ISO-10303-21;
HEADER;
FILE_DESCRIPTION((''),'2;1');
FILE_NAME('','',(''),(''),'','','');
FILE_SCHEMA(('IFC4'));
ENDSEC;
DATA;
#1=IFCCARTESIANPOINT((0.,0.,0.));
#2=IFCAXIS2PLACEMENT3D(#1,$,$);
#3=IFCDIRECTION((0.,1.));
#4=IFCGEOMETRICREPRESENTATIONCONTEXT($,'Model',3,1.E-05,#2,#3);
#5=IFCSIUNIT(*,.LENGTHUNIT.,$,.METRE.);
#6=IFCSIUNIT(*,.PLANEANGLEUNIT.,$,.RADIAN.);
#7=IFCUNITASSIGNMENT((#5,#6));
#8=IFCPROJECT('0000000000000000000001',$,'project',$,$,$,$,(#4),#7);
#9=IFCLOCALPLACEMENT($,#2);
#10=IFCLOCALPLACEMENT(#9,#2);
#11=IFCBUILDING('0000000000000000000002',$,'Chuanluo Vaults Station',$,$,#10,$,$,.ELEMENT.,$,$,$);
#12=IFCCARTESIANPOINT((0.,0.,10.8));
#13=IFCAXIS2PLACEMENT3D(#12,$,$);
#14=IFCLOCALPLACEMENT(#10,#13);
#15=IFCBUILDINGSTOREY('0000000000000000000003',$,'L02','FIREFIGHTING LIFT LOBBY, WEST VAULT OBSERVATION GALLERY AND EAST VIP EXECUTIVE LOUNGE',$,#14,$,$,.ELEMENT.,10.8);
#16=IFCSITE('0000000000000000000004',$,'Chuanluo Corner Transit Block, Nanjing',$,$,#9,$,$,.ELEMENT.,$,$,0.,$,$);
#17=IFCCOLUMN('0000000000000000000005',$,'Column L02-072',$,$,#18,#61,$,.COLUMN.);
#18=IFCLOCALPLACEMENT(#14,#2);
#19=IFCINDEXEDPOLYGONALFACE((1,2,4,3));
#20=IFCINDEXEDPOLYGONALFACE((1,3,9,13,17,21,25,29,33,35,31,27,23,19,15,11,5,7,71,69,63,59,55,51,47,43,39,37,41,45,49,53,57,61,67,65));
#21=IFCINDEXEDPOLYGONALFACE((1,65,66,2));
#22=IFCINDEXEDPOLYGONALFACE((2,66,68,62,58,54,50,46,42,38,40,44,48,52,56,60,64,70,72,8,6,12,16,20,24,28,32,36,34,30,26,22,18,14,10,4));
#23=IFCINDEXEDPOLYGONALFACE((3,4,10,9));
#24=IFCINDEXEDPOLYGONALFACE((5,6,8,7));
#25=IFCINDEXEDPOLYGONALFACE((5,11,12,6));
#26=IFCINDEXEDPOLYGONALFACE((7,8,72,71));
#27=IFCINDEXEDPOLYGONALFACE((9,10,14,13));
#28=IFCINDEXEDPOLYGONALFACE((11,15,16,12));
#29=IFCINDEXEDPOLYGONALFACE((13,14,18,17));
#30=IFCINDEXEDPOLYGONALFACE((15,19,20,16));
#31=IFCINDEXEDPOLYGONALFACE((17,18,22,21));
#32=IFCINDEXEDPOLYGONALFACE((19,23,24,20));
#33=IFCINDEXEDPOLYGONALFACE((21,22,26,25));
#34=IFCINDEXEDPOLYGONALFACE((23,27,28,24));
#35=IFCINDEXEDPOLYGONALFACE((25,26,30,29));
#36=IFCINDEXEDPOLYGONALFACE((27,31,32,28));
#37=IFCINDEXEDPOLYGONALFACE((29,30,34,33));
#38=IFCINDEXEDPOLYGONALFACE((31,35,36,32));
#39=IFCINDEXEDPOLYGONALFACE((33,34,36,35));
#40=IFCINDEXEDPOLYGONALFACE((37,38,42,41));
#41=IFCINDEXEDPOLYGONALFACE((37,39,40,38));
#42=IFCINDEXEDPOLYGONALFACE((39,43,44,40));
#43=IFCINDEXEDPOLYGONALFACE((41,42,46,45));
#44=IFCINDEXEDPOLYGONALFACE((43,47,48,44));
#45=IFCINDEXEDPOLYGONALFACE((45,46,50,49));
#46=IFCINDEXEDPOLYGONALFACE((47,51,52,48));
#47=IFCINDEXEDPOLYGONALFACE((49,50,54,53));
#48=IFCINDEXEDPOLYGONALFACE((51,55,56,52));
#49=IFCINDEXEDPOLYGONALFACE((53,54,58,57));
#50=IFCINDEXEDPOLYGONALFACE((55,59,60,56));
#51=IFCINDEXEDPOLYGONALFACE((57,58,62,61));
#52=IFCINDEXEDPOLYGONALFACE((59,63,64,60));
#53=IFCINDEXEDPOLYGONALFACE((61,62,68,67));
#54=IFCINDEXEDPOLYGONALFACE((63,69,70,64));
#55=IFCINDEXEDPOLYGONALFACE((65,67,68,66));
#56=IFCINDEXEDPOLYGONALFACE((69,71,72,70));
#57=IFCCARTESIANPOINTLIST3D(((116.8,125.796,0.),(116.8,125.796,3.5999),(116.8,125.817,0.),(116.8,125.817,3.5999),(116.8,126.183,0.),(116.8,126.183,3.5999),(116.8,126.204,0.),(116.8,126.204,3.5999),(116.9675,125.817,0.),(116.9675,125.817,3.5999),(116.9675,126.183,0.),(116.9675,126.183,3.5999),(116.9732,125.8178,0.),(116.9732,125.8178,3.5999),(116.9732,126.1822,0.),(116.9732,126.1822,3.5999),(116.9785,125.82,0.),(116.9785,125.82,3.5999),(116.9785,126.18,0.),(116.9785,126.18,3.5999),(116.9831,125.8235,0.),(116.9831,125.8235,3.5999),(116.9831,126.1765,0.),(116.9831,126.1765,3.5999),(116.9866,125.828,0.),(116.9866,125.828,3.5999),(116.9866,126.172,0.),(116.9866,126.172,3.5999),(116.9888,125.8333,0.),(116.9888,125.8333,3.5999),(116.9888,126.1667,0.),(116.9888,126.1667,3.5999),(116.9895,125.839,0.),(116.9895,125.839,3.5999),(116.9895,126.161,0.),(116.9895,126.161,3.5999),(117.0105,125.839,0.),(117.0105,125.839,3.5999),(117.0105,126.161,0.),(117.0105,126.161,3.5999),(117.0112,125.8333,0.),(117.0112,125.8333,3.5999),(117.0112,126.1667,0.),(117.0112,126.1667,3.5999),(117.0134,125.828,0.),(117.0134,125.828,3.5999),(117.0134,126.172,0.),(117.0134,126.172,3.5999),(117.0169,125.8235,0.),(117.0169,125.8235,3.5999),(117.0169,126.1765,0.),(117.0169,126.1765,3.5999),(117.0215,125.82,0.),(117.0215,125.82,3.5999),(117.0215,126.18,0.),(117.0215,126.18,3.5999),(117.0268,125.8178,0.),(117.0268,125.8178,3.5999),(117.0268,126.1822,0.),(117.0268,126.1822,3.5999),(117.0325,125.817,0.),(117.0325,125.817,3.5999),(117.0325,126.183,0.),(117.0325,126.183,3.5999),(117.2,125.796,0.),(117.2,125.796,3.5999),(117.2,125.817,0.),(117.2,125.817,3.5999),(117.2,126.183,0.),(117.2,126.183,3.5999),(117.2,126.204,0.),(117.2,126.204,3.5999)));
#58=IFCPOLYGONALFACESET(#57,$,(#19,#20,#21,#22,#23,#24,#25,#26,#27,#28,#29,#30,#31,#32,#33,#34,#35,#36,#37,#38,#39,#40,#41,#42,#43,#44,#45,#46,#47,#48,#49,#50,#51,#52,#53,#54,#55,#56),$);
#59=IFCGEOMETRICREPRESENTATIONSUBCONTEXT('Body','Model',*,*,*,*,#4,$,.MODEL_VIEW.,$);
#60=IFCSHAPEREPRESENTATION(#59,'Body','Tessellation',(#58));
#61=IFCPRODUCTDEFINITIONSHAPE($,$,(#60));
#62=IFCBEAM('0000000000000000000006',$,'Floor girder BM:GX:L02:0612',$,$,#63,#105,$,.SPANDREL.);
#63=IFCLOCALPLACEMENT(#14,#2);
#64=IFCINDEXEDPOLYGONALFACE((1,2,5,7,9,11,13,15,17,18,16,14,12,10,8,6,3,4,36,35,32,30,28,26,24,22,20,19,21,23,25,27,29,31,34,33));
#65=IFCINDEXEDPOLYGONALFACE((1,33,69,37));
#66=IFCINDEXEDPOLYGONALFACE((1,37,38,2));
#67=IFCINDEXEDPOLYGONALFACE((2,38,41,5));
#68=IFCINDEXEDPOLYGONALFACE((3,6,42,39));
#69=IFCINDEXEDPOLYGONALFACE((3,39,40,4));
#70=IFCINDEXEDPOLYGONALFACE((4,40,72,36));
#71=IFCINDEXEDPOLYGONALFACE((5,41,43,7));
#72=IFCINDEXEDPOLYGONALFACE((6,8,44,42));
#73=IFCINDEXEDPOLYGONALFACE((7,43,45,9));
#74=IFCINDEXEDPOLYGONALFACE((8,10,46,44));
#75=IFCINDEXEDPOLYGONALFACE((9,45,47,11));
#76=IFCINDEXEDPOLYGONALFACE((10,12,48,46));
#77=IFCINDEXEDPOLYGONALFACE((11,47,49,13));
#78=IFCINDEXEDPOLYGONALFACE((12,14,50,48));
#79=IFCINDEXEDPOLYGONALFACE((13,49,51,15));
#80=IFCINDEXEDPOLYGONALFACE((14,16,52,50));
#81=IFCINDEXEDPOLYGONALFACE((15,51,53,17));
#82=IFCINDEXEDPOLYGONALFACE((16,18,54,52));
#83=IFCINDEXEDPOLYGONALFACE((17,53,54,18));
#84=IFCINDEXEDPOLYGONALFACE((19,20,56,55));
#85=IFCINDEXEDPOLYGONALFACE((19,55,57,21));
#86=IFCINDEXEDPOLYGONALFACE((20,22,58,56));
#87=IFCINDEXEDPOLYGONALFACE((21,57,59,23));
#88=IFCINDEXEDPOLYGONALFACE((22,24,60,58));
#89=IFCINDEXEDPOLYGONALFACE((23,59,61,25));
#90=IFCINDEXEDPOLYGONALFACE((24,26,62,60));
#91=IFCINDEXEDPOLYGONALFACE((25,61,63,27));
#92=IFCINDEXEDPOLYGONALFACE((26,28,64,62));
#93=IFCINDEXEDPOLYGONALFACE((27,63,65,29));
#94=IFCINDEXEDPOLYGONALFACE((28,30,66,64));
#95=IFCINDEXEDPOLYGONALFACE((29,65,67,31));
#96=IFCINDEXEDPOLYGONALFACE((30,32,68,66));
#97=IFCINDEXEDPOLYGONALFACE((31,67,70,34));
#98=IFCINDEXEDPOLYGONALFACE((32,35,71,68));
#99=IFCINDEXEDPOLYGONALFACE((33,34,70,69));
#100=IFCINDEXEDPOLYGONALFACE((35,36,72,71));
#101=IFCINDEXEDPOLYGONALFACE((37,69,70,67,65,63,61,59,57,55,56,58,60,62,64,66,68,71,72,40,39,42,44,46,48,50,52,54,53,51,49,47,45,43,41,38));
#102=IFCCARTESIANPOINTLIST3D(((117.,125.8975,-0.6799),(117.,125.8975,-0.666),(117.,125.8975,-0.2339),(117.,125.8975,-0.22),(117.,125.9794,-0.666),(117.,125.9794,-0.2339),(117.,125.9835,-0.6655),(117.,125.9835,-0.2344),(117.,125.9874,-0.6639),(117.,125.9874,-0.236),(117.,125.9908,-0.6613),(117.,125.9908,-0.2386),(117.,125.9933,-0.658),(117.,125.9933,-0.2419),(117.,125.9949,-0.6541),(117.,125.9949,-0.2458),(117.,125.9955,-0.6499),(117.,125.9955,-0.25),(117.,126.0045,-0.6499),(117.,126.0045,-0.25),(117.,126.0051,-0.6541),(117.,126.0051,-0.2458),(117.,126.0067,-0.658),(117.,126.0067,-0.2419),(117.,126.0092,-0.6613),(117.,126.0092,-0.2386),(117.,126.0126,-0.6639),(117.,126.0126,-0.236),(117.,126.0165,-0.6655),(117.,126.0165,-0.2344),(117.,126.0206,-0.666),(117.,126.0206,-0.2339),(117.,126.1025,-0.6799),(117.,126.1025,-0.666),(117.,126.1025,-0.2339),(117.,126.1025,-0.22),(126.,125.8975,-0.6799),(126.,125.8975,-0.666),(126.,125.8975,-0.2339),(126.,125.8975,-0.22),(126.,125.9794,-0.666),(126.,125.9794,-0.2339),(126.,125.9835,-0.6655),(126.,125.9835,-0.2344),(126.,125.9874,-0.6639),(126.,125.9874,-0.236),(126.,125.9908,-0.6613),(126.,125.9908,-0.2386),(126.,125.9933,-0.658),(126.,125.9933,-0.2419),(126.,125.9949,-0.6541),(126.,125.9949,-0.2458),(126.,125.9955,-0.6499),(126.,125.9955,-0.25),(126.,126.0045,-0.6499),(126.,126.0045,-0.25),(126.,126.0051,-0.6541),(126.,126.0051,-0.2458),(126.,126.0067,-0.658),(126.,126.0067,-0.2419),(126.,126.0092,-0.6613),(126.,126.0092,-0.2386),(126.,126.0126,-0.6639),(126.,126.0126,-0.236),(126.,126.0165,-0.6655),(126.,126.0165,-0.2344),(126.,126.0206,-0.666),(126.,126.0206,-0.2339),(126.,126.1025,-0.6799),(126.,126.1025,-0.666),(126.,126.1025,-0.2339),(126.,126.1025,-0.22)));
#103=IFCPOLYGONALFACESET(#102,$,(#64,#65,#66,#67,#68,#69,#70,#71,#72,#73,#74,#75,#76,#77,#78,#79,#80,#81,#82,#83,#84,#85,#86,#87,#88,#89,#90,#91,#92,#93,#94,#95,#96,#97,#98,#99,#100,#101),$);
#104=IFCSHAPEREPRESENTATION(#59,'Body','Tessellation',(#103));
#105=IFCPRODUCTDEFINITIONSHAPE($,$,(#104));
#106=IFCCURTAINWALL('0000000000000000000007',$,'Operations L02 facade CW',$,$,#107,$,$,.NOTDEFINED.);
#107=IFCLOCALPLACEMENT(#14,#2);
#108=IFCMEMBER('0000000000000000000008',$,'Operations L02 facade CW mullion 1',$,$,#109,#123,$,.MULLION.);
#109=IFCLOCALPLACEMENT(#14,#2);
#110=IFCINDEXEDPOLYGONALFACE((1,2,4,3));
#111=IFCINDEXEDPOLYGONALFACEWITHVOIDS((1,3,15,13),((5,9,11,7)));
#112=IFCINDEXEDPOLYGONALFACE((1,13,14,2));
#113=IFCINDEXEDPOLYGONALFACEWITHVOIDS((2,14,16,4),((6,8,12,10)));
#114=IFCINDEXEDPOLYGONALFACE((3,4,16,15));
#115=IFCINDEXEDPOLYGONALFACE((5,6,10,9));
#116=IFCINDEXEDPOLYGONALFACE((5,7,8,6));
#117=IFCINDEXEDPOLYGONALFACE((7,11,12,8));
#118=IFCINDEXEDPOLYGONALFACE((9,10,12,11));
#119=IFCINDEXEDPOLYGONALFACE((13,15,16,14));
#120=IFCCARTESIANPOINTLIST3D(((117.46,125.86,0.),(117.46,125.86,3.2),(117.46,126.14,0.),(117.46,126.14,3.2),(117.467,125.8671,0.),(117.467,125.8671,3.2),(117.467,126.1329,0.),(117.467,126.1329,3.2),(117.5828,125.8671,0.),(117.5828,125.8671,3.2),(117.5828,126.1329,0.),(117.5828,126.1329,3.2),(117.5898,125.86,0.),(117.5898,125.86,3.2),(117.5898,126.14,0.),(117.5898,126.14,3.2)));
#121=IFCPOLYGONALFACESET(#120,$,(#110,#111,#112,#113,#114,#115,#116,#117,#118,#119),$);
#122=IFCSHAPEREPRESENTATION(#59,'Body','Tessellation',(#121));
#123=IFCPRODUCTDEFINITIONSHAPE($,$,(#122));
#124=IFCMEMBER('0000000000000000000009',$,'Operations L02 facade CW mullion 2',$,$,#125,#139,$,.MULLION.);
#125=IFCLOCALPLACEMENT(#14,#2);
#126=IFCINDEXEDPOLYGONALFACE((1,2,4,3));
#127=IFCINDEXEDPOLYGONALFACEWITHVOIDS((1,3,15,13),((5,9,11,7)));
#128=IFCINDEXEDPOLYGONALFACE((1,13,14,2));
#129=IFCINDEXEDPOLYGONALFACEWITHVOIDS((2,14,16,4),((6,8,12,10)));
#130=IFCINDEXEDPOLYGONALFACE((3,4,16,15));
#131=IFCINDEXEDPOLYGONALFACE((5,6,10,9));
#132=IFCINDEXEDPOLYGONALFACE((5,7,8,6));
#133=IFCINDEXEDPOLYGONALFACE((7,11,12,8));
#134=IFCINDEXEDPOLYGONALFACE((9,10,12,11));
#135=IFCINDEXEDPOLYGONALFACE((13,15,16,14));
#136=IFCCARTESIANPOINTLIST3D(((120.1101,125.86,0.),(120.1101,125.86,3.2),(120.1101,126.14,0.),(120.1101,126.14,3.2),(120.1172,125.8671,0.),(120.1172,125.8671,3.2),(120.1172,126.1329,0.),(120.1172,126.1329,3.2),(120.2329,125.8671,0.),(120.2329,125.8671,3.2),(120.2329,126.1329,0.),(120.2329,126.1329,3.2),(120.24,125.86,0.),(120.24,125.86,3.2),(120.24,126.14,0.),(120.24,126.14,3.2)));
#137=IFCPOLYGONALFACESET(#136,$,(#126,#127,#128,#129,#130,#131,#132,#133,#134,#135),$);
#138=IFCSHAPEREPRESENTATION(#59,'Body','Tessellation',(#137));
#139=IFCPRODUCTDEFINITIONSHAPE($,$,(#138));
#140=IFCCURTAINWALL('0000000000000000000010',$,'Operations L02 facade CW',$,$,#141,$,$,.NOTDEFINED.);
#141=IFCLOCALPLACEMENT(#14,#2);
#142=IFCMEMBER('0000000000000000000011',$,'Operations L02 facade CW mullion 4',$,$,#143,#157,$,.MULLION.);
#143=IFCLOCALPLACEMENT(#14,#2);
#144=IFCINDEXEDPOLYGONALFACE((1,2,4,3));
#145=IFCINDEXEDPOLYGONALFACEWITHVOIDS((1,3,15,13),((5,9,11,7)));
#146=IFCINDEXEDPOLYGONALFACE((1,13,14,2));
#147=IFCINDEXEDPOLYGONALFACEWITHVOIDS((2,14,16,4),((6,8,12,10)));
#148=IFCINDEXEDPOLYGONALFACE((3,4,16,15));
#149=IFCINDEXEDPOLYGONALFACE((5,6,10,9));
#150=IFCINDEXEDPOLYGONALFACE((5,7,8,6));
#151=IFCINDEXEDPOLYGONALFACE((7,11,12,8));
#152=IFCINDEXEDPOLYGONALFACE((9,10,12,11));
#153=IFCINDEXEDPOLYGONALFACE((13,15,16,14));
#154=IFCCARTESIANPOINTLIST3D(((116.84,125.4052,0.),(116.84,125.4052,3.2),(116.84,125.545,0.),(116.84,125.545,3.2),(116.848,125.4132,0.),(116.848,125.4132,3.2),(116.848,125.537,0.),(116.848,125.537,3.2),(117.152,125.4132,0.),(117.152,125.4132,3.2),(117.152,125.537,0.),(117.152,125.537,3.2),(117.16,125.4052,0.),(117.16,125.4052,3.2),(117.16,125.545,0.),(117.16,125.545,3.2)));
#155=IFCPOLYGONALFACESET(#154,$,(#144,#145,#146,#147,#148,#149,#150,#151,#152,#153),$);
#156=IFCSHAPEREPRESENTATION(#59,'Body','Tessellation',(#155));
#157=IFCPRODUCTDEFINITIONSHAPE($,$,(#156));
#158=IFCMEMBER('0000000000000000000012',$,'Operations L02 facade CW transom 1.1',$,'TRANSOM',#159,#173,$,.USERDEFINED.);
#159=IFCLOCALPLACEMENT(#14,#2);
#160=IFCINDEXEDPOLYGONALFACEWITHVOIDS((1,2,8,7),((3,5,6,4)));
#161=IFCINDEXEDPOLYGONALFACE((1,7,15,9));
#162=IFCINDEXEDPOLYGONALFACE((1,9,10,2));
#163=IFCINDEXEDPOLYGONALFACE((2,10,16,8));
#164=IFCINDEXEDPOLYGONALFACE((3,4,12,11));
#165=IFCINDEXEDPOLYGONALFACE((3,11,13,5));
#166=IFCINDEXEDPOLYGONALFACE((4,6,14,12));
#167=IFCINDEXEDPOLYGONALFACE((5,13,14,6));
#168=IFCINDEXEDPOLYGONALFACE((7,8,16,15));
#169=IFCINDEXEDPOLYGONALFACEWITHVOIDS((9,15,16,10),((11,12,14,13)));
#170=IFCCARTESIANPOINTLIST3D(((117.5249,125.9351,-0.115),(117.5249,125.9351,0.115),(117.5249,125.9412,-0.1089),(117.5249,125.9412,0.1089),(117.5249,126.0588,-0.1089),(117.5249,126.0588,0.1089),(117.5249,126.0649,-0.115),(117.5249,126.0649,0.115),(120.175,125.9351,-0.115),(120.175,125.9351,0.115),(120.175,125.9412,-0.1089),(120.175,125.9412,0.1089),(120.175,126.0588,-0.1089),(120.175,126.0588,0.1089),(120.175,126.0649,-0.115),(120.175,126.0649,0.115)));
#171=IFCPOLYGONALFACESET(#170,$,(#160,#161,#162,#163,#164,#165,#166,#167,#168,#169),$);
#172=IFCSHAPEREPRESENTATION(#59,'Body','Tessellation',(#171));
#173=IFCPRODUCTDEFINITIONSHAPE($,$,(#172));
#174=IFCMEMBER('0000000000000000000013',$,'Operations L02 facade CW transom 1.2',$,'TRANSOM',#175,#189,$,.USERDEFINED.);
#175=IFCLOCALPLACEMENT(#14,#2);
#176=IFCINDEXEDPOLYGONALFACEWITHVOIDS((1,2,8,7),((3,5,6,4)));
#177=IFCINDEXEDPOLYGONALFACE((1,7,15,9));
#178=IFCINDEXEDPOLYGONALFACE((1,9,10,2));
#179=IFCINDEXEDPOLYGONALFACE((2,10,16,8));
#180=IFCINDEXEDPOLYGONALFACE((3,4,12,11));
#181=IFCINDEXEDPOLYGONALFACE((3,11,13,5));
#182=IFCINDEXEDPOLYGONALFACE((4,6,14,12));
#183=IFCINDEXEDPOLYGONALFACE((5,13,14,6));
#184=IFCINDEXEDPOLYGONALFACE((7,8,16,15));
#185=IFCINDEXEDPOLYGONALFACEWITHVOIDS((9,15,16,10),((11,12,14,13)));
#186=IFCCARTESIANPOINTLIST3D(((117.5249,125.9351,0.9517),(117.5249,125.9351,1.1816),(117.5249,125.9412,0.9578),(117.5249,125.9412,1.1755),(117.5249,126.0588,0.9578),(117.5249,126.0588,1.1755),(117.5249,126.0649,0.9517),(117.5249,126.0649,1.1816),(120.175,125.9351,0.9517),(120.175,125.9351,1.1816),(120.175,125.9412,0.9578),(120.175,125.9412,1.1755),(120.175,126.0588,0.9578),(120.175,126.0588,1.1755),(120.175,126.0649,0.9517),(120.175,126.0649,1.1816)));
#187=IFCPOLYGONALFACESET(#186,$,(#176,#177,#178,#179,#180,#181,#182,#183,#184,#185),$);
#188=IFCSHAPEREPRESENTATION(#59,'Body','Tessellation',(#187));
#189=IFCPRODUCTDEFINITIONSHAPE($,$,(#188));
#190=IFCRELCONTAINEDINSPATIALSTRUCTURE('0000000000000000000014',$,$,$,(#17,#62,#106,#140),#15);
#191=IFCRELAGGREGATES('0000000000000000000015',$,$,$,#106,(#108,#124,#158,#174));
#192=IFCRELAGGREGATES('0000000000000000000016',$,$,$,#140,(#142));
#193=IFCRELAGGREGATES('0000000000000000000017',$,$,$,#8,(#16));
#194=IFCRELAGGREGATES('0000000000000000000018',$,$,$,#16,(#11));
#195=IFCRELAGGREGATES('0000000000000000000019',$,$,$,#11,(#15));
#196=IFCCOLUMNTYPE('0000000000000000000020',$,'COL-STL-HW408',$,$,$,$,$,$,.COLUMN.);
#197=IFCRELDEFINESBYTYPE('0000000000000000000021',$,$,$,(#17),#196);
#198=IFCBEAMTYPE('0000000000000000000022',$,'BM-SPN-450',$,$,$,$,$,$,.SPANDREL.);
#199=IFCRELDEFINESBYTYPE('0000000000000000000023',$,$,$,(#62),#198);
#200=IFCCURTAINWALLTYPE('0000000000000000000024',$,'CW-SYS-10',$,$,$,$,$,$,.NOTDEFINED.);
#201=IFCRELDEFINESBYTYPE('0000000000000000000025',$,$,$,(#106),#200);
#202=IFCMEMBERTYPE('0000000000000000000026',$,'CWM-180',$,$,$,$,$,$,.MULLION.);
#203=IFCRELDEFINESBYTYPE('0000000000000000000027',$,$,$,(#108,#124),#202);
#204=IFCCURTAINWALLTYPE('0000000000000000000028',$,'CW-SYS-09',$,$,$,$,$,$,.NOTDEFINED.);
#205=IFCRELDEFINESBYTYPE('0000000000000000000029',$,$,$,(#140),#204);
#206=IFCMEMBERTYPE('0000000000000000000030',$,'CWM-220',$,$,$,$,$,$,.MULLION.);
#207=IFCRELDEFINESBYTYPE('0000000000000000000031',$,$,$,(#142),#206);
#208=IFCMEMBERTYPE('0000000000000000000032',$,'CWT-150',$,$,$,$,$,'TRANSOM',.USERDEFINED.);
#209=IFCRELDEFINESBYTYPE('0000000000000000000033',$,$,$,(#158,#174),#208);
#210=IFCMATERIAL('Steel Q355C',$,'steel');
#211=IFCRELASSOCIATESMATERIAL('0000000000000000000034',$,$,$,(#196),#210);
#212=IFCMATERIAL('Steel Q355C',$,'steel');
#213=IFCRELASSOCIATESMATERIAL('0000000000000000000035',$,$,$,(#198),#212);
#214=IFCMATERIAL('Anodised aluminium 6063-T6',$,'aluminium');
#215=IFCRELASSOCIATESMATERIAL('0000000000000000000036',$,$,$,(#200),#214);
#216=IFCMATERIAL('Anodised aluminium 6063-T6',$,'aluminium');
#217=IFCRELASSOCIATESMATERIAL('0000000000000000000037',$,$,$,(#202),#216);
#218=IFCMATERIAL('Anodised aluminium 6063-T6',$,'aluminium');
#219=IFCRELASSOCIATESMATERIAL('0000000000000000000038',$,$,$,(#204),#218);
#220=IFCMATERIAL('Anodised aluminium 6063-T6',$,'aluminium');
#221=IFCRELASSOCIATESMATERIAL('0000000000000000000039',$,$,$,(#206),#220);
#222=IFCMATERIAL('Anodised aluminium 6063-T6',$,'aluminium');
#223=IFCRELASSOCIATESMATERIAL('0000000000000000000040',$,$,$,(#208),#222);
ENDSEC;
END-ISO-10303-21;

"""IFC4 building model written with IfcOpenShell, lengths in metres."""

from ifc_helpers import new_model, si_unit, direction, frame, origin, origin_2d, place, context, subcontext, project, spatial, hollow_rectangle, i_section, extrude, material, material_profile, profile_set, type_object, element, aggregate, save


model = new_model("IFC4")

# Units and contexts
model_context = context("Model", 3, precision=1e-05, world=origin(), true_north=direction((0.0, 1.0)))
body_context = subcontext(model_context, "Body", "Model", "MODEL_VIEW")
ifc_project = project(units=[si_unit("LENGTHUNIT", "METRE"), si_unit("PLANEANGLEUNIT", "RADIAN")], contexts=[model_context])

# Site, building, storey
site_placement = place(None, origin())
site = spatial("IfcSite", under=ifc_project, at=site_placement, Name="Chuanluo Corner Transit Block, Nanjing", CompositionType="ELEMENT", RefElevation=0.0)
building_placement = place(site_placement, origin())
building = spatial("IfcBuilding", under=site, at=building_placement, Name="Chuanluo Vaults Station", CompositionType="ELEMENT")
storey_placement = place(building_placement, frame((0.0, 0.0, 10.8)))
storey = spatial("IfcBuildingStorey", under=building, at=storey_placement, Name="L02", Description="FIREFIGHTING LIFT LOBBY, WEST VAULT OBSERVATION GALLERY AND EAST VIP EXECUTIVE LOUNGE", CompositionType="ELEMENT", Elevation=10.8)

# Column
ifc_material_1 = material(Name="Steel Q355C", Category="steel")
ifc_material_profile_1 = material_profile(ifc_material_1, i_section(OverallWidth=0.3999, OverallDepth=0.408, WebThickness=0.021, FlangeThickness=0.021, FilletRadius=0.022, at=origin_2d()))
ifc_profile_set_1 = profile_set([ifc_material_profile_1], Name="Steel Q355C")
column_type = type_object("IfcColumnType", Name="COL-STL-HW408", PredefinedType="COLUMN", material=ifc_profile_set_1)
column_placement = place(storey_placement, frame((117.0, 126.0, 0.0), z_axis=(0.0, 0.0, 1.0), x_axis=(1.0, 0.0, 0.0)))
element("IfcColumn", 1, at=column_placement, inside=storey, type_object=column_type, Name="Column L02-072", PredefinedType="COLUMN", context=body_context, shape_type="SweptSolid", body=[
    extrude(i_section(OverallWidth=0.3999, OverallDepth=0.408, WebThickness=0.021, FlangeThickness=0.021, FilletRadius=0.022, at=origin_2d()), origin(), (0.0, 0.0, 1.0), 3.5999),
])

# Beam
ifc_material_2 = material(Name="Steel Q355C", Category="steel")
ifc_material_profile_2 = material_profile(ifc_material_2, i_section(OverallWidth=0.2051, OverallDepth=0.46, WebThickness=0.009, FlangeThickness=0.0139, FilletRadius=0.0161, at=origin_2d()))
ifc_profile_set_2 = profile_set([ifc_material_profile_2], Name="Steel Q355C")
beam_type = type_object("IfcBeamType", Name="BM-SPN-450", PredefinedType="SPANDREL", material=ifc_profile_set_2)
beam_placement = place(storey_placement, frame((117.0, 126.0, -0.45), z_axis=(1.0, 0.0, 0.0), x_axis=(0.0, 1.0, 0.0)))
element("IfcBeam", 2, at=beam_placement, inside=storey, type_object=beam_type, Name="Floor girder BM:GX:L02:0612", PredefinedType="SPANDREL", context=body_context, shape_type="SweptSolid", body=[
    extrude(i_section(OverallWidth=0.2051, OverallDepth=0.46, WebThickness=0.009, FlangeThickness=0.0139, FilletRadius=0.0161, at=origin_2d()), origin(), (0.0, 0.0, 1.0), 9.0),
])

# Curtain wall, members
ifc_material_3 = material(Name="Anodised aluminium 6063-T6", Category="aluminium")
curtain_wall_type_1 = type_object("IfcCurtainWallType", Name="CW-SYS-10", PredefinedType="NOTDEFINED", material=ifc_material_3)
curtain_wall_1_placement = place(storey_placement, origin())
curtain_wall_1 = element("IfcCurtainWall", 3, at=curtain_wall_1_placement, inside=storey, type_object=curtain_wall_type_1, Name="Operations L02 facade CW", PredefinedType="NOTDEFINED")
ifc_material_4 = material(Name="Anodised aluminium 6063-T6", Category="aluminium")
ifc_material_profile_3 = material_profile(ifc_material_4, hollow_rectangle(XDim=0.1299, YDim=0.28, WallThickness=0.0071, at=origin_2d()))
ifc_profile_set_3 = profile_set([ifc_material_profile_3], Name="Anodised aluminium 6063-T6")
member_type_1 = type_object("IfcMemberType", Name="CWM-180", PredefinedType="MULLION", material=ifc_profile_set_3)
member_1_placement = place(storey_placement, frame((117.5249, 126.0, 0.0), z_axis=(0.0, 0.0, 1.0), x_axis=(1.0, 0.0, 0.0)))
member_1 = element("IfcMember", 4, at=member_1_placement, type_object=member_type_1, Name="Operations L02 facade CW mullion 1", PredefinedType="MULLION", context=body_context, shape_type="SweptSolid", body=[
    extrude(hollow_rectangle(XDim=0.1299, YDim=0.28, WallThickness=0.0071, at=origin_2d()), origin(), (0.0, 0.0, 1.0), 3.2),
])
member_2_placement = place(storey_placement, frame((120.175, 126.0, 0.0), z_axis=(0.0, 0.0, 1.0), x_axis=(1.0, 0.0, 0.0)))
member_2 = element("IfcMember", 5, at=member_2_placement, type_object=member_type_1, Name="Operations L02 facade CW mullion 2", PredefinedType="MULLION", context=body_context, shape_type="SweptSolid", body=[
    extrude(hollow_rectangle(XDim=0.1299, YDim=0.28, WallThickness=0.0071, at=origin_2d()), origin(), (0.0, 0.0, 1.0), 3.2),
])

# Curtain wall, member
ifc_material_5 = material(Name="Anodised aluminium 6063-T6", Category="aluminium")
curtain_wall_type_2 = type_object("IfcCurtainWallType", Name="CW-SYS-09", PredefinedType="NOTDEFINED", material=ifc_material_5)
curtain_wall_2_placement = place(storey_placement, origin())
curtain_wall_2 = element("IfcCurtainWall", 6, at=curtain_wall_2_placement, inside=storey, type_object=curtain_wall_type_2, Name="Operations L02 facade CW", PredefinedType="NOTDEFINED")
ifc_material_6 = material(Name="Anodised aluminium 6063-T6", Category="aluminium")
ifc_material_profile_4 = material_profile(ifc_material_6, hollow_rectangle(XDim=0.1399, YDim=0.3201, WallThickness=0.0081, at=origin_2d()))
ifc_profile_set_4 = profile_set([ifc_material_profile_4], Name="Anodised aluminium 6063-T6")
member_type_2 = type_object("IfcMemberType", Name="CWM-220", PredefinedType="MULLION", material=ifc_profile_set_4)
member_3_placement = place(storey_placement, frame((117.0, 125.4751, 0.0), z_axis=(0.0, 0.0, 1.0), x_axis=(0.0, 1.0, 0.0)))
member_3 = element("IfcMember", 7, at=member_3_placement, type_object=member_type_2, Name="Operations L02 facade CW mullion 4", PredefinedType="MULLION", context=body_context, shape_type="SweptSolid", body=[
    extrude(hollow_rectangle(XDim=0.1399, YDim=0.3201, WallThickness=0.0081, at=origin_2d()), origin(), (0.0, 0.0, 1.0), 3.2),
])

# Members
ifc_material_7 = material(Name="Anodised aluminium 6063-T6", Category="aluminium")
ifc_material_profile_5 = material_profile(ifc_material_7, hollow_rectangle(XDim=0.1299, YDim=0.23, WallThickness=0.0061, at=origin_2d()))
ifc_profile_set_5 = profile_set([ifc_material_profile_5], Name="Anodised aluminium 6063-T6")
member_type_3 = type_object("IfcMemberType", Name="CWT-150", ElementType="TRANSOM", PredefinedType="USERDEFINED", material=ifc_profile_set_5)
member_4_placement = place(storey_placement, frame((117.5249, 126.0, 0.0), z_axis=(1.0, 0.0, 0.0), x_axis=(0.0, 1.0, 0.0)))
member_4 = element("IfcMember", 8, at=member_4_placement, type_object=member_type_3, Name="Operations L02 facade CW transom 1.1", ObjectType="TRANSOM", PredefinedType="USERDEFINED", context=body_context, shape_type="SweptSolid", body=[
    extrude(hollow_rectangle(XDim=0.1299, YDim=0.23, WallThickness=0.0061, at=origin_2d()), origin(), (0.0, 0.0, 1.0), 2.6501),
])
member_5_placement = place(storey_placement, frame((117.5249, 126.0, 1.0667), z_axis=(1.0, 0.0, 0.0), x_axis=(0.0, 1.0, 0.0)))
member_5 = element("IfcMember", 9, at=member_5_placement, type_object=member_type_3, Name="Operations L02 facade CW transom 1.2", ObjectType="TRANSOM", PredefinedType="USERDEFINED", context=body_context, shape_type="SweptSolid", body=[
    extrude(hollow_rectangle(XDim=0.1299, YDim=0.23, WallThickness=0.0061, at=origin_2d()), origin(), (0.0, 0.0, 1.0), 2.6501),
])

aggregate(curtain_wall_1, [member_1, member_2, member_4, member_5])
aggregate(curtain_wall_2, [member_3])

save(model, "model.ifc")
